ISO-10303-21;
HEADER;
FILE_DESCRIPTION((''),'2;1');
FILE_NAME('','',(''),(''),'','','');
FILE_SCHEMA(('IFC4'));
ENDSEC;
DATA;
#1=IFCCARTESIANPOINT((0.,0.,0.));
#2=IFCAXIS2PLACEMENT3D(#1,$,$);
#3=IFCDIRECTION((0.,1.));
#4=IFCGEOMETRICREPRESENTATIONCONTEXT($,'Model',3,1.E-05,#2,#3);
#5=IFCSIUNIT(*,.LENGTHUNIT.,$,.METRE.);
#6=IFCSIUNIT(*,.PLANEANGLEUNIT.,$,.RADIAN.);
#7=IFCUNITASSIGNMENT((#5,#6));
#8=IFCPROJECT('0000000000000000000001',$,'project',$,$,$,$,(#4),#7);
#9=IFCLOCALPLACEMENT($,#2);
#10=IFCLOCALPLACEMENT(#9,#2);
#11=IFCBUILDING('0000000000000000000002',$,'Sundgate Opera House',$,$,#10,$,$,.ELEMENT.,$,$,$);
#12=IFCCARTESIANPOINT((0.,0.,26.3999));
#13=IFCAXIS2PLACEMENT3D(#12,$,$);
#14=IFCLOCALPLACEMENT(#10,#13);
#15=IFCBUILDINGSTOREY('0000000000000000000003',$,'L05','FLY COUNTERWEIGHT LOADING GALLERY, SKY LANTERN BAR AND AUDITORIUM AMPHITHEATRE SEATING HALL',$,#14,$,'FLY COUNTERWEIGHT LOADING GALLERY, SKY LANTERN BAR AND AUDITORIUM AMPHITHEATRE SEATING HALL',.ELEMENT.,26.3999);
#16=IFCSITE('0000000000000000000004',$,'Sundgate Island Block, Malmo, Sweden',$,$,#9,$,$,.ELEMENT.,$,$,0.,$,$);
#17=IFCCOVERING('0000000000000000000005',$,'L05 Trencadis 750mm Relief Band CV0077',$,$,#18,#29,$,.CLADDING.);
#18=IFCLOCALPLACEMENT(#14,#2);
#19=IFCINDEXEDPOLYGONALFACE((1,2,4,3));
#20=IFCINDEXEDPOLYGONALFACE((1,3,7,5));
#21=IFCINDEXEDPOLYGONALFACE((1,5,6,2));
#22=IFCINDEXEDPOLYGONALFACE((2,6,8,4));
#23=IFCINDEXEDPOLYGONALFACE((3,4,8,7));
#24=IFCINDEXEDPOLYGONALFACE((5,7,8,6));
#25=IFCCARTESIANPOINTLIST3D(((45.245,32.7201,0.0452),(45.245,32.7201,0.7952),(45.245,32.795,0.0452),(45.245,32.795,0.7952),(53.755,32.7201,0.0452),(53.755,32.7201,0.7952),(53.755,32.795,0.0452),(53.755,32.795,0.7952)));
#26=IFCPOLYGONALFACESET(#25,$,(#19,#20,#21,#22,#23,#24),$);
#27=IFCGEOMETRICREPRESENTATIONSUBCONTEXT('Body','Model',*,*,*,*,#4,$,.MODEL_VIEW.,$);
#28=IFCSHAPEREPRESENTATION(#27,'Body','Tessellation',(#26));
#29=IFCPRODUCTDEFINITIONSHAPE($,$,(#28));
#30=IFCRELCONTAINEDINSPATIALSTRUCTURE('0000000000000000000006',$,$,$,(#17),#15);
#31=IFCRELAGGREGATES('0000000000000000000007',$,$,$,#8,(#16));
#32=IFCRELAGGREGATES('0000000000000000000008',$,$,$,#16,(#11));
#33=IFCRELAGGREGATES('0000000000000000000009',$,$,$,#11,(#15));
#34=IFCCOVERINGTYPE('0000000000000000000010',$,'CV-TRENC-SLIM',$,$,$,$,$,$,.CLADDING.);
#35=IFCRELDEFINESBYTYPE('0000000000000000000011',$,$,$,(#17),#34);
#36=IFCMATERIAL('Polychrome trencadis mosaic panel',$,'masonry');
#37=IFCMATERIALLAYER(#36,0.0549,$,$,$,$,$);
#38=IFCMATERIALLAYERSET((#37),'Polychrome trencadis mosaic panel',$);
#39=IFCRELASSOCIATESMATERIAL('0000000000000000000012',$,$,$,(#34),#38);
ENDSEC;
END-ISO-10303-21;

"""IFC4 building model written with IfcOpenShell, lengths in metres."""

from ifc_helpers import new_model, si_unit, direction, frame, origin, origin_2d, place, context, subcontext, project, spatial, rectangle, extrude, material, layer, layer_set, type_object, element, save


model = new_model("IFC4")

# Units and contexts
model_context = context("Model", 3, precision=1e-05, world=origin(), true_north=direction((0.0, 1.0)))
body_context = subcontext(model_context, "Body", "Model", "MODEL_VIEW")
ifc_project = project(units=[si_unit("LENGTHUNIT", "METRE"), si_unit("PLANEANGLEUNIT", "RADIAN")], contexts=[model_context])

# Site, building, storey
site_placement = place(None, origin())
site = spatial("IfcSite", under=ifc_project, at=site_placement, Name="Sundgate Island Block, Malmo, Sweden", CompositionType="ELEMENT", RefElevation=0.0)
building_placement = place(site_placement, origin())
building = spatial("IfcBuilding", under=site, at=building_placement, Name="Sundgate Opera House", CompositionType="ELEMENT")
storey_placement = place(building_placement, frame((0.0, 0.0, 26.3999)))
storey = spatial("IfcBuildingStorey", under=building, at=storey_placement, Name="L05", Description="FLY COUNTERWEIGHT LOADING GALLERY, SKY LANTERN BAR AND AUDITORIUM AMPHITHEATRE SEATING HALL", LongName="FLY COUNTERWEIGHT LOADING GALLERY, SKY LANTERN BAR AND AUDITORIUM AMPHITHEATRE SEATING HALL", CompositionType="ELEMENT", Elevation=26.3999)

# Covering
ifc_material_1 = material(Name="Polychrome trencadis mosaic panel", Category="masonry")
ifc_layer_1 = layer(ifc_material_1, 0.0549)
ifc_layer_set_1 = layer_set([ifc_layer_1], Name="Polychrome trencadis mosaic panel")
covering_type_1 = type_object("IfcCoveringType", Name="CV-TRENC-SLIM", PredefinedType="CLADDING", material=ifc_layer_set_1)
covering_1_placement = place(storey_placement, frame((49.5, 32.7576, 0.0452), z_axis=(0.0, 0.0, 1.0), x_axis=(1.0, 0.0, 0.0)))
element("IfcCovering", 1, at=covering_1_placement, inside=storey, type_object=covering_type_1, Name="L05 Trencadis 750mm Relief Band CV0077", PredefinedType="CLADDING", context=body_context, shape_type="SweptSolid", body=[
    extrude(rectangle(XDim=8.51, YDim=0.075, at=origin_2d()), origin(), (0.0, 0.0, 1.0), 0.75),
])

save(model, "model.ifc")
